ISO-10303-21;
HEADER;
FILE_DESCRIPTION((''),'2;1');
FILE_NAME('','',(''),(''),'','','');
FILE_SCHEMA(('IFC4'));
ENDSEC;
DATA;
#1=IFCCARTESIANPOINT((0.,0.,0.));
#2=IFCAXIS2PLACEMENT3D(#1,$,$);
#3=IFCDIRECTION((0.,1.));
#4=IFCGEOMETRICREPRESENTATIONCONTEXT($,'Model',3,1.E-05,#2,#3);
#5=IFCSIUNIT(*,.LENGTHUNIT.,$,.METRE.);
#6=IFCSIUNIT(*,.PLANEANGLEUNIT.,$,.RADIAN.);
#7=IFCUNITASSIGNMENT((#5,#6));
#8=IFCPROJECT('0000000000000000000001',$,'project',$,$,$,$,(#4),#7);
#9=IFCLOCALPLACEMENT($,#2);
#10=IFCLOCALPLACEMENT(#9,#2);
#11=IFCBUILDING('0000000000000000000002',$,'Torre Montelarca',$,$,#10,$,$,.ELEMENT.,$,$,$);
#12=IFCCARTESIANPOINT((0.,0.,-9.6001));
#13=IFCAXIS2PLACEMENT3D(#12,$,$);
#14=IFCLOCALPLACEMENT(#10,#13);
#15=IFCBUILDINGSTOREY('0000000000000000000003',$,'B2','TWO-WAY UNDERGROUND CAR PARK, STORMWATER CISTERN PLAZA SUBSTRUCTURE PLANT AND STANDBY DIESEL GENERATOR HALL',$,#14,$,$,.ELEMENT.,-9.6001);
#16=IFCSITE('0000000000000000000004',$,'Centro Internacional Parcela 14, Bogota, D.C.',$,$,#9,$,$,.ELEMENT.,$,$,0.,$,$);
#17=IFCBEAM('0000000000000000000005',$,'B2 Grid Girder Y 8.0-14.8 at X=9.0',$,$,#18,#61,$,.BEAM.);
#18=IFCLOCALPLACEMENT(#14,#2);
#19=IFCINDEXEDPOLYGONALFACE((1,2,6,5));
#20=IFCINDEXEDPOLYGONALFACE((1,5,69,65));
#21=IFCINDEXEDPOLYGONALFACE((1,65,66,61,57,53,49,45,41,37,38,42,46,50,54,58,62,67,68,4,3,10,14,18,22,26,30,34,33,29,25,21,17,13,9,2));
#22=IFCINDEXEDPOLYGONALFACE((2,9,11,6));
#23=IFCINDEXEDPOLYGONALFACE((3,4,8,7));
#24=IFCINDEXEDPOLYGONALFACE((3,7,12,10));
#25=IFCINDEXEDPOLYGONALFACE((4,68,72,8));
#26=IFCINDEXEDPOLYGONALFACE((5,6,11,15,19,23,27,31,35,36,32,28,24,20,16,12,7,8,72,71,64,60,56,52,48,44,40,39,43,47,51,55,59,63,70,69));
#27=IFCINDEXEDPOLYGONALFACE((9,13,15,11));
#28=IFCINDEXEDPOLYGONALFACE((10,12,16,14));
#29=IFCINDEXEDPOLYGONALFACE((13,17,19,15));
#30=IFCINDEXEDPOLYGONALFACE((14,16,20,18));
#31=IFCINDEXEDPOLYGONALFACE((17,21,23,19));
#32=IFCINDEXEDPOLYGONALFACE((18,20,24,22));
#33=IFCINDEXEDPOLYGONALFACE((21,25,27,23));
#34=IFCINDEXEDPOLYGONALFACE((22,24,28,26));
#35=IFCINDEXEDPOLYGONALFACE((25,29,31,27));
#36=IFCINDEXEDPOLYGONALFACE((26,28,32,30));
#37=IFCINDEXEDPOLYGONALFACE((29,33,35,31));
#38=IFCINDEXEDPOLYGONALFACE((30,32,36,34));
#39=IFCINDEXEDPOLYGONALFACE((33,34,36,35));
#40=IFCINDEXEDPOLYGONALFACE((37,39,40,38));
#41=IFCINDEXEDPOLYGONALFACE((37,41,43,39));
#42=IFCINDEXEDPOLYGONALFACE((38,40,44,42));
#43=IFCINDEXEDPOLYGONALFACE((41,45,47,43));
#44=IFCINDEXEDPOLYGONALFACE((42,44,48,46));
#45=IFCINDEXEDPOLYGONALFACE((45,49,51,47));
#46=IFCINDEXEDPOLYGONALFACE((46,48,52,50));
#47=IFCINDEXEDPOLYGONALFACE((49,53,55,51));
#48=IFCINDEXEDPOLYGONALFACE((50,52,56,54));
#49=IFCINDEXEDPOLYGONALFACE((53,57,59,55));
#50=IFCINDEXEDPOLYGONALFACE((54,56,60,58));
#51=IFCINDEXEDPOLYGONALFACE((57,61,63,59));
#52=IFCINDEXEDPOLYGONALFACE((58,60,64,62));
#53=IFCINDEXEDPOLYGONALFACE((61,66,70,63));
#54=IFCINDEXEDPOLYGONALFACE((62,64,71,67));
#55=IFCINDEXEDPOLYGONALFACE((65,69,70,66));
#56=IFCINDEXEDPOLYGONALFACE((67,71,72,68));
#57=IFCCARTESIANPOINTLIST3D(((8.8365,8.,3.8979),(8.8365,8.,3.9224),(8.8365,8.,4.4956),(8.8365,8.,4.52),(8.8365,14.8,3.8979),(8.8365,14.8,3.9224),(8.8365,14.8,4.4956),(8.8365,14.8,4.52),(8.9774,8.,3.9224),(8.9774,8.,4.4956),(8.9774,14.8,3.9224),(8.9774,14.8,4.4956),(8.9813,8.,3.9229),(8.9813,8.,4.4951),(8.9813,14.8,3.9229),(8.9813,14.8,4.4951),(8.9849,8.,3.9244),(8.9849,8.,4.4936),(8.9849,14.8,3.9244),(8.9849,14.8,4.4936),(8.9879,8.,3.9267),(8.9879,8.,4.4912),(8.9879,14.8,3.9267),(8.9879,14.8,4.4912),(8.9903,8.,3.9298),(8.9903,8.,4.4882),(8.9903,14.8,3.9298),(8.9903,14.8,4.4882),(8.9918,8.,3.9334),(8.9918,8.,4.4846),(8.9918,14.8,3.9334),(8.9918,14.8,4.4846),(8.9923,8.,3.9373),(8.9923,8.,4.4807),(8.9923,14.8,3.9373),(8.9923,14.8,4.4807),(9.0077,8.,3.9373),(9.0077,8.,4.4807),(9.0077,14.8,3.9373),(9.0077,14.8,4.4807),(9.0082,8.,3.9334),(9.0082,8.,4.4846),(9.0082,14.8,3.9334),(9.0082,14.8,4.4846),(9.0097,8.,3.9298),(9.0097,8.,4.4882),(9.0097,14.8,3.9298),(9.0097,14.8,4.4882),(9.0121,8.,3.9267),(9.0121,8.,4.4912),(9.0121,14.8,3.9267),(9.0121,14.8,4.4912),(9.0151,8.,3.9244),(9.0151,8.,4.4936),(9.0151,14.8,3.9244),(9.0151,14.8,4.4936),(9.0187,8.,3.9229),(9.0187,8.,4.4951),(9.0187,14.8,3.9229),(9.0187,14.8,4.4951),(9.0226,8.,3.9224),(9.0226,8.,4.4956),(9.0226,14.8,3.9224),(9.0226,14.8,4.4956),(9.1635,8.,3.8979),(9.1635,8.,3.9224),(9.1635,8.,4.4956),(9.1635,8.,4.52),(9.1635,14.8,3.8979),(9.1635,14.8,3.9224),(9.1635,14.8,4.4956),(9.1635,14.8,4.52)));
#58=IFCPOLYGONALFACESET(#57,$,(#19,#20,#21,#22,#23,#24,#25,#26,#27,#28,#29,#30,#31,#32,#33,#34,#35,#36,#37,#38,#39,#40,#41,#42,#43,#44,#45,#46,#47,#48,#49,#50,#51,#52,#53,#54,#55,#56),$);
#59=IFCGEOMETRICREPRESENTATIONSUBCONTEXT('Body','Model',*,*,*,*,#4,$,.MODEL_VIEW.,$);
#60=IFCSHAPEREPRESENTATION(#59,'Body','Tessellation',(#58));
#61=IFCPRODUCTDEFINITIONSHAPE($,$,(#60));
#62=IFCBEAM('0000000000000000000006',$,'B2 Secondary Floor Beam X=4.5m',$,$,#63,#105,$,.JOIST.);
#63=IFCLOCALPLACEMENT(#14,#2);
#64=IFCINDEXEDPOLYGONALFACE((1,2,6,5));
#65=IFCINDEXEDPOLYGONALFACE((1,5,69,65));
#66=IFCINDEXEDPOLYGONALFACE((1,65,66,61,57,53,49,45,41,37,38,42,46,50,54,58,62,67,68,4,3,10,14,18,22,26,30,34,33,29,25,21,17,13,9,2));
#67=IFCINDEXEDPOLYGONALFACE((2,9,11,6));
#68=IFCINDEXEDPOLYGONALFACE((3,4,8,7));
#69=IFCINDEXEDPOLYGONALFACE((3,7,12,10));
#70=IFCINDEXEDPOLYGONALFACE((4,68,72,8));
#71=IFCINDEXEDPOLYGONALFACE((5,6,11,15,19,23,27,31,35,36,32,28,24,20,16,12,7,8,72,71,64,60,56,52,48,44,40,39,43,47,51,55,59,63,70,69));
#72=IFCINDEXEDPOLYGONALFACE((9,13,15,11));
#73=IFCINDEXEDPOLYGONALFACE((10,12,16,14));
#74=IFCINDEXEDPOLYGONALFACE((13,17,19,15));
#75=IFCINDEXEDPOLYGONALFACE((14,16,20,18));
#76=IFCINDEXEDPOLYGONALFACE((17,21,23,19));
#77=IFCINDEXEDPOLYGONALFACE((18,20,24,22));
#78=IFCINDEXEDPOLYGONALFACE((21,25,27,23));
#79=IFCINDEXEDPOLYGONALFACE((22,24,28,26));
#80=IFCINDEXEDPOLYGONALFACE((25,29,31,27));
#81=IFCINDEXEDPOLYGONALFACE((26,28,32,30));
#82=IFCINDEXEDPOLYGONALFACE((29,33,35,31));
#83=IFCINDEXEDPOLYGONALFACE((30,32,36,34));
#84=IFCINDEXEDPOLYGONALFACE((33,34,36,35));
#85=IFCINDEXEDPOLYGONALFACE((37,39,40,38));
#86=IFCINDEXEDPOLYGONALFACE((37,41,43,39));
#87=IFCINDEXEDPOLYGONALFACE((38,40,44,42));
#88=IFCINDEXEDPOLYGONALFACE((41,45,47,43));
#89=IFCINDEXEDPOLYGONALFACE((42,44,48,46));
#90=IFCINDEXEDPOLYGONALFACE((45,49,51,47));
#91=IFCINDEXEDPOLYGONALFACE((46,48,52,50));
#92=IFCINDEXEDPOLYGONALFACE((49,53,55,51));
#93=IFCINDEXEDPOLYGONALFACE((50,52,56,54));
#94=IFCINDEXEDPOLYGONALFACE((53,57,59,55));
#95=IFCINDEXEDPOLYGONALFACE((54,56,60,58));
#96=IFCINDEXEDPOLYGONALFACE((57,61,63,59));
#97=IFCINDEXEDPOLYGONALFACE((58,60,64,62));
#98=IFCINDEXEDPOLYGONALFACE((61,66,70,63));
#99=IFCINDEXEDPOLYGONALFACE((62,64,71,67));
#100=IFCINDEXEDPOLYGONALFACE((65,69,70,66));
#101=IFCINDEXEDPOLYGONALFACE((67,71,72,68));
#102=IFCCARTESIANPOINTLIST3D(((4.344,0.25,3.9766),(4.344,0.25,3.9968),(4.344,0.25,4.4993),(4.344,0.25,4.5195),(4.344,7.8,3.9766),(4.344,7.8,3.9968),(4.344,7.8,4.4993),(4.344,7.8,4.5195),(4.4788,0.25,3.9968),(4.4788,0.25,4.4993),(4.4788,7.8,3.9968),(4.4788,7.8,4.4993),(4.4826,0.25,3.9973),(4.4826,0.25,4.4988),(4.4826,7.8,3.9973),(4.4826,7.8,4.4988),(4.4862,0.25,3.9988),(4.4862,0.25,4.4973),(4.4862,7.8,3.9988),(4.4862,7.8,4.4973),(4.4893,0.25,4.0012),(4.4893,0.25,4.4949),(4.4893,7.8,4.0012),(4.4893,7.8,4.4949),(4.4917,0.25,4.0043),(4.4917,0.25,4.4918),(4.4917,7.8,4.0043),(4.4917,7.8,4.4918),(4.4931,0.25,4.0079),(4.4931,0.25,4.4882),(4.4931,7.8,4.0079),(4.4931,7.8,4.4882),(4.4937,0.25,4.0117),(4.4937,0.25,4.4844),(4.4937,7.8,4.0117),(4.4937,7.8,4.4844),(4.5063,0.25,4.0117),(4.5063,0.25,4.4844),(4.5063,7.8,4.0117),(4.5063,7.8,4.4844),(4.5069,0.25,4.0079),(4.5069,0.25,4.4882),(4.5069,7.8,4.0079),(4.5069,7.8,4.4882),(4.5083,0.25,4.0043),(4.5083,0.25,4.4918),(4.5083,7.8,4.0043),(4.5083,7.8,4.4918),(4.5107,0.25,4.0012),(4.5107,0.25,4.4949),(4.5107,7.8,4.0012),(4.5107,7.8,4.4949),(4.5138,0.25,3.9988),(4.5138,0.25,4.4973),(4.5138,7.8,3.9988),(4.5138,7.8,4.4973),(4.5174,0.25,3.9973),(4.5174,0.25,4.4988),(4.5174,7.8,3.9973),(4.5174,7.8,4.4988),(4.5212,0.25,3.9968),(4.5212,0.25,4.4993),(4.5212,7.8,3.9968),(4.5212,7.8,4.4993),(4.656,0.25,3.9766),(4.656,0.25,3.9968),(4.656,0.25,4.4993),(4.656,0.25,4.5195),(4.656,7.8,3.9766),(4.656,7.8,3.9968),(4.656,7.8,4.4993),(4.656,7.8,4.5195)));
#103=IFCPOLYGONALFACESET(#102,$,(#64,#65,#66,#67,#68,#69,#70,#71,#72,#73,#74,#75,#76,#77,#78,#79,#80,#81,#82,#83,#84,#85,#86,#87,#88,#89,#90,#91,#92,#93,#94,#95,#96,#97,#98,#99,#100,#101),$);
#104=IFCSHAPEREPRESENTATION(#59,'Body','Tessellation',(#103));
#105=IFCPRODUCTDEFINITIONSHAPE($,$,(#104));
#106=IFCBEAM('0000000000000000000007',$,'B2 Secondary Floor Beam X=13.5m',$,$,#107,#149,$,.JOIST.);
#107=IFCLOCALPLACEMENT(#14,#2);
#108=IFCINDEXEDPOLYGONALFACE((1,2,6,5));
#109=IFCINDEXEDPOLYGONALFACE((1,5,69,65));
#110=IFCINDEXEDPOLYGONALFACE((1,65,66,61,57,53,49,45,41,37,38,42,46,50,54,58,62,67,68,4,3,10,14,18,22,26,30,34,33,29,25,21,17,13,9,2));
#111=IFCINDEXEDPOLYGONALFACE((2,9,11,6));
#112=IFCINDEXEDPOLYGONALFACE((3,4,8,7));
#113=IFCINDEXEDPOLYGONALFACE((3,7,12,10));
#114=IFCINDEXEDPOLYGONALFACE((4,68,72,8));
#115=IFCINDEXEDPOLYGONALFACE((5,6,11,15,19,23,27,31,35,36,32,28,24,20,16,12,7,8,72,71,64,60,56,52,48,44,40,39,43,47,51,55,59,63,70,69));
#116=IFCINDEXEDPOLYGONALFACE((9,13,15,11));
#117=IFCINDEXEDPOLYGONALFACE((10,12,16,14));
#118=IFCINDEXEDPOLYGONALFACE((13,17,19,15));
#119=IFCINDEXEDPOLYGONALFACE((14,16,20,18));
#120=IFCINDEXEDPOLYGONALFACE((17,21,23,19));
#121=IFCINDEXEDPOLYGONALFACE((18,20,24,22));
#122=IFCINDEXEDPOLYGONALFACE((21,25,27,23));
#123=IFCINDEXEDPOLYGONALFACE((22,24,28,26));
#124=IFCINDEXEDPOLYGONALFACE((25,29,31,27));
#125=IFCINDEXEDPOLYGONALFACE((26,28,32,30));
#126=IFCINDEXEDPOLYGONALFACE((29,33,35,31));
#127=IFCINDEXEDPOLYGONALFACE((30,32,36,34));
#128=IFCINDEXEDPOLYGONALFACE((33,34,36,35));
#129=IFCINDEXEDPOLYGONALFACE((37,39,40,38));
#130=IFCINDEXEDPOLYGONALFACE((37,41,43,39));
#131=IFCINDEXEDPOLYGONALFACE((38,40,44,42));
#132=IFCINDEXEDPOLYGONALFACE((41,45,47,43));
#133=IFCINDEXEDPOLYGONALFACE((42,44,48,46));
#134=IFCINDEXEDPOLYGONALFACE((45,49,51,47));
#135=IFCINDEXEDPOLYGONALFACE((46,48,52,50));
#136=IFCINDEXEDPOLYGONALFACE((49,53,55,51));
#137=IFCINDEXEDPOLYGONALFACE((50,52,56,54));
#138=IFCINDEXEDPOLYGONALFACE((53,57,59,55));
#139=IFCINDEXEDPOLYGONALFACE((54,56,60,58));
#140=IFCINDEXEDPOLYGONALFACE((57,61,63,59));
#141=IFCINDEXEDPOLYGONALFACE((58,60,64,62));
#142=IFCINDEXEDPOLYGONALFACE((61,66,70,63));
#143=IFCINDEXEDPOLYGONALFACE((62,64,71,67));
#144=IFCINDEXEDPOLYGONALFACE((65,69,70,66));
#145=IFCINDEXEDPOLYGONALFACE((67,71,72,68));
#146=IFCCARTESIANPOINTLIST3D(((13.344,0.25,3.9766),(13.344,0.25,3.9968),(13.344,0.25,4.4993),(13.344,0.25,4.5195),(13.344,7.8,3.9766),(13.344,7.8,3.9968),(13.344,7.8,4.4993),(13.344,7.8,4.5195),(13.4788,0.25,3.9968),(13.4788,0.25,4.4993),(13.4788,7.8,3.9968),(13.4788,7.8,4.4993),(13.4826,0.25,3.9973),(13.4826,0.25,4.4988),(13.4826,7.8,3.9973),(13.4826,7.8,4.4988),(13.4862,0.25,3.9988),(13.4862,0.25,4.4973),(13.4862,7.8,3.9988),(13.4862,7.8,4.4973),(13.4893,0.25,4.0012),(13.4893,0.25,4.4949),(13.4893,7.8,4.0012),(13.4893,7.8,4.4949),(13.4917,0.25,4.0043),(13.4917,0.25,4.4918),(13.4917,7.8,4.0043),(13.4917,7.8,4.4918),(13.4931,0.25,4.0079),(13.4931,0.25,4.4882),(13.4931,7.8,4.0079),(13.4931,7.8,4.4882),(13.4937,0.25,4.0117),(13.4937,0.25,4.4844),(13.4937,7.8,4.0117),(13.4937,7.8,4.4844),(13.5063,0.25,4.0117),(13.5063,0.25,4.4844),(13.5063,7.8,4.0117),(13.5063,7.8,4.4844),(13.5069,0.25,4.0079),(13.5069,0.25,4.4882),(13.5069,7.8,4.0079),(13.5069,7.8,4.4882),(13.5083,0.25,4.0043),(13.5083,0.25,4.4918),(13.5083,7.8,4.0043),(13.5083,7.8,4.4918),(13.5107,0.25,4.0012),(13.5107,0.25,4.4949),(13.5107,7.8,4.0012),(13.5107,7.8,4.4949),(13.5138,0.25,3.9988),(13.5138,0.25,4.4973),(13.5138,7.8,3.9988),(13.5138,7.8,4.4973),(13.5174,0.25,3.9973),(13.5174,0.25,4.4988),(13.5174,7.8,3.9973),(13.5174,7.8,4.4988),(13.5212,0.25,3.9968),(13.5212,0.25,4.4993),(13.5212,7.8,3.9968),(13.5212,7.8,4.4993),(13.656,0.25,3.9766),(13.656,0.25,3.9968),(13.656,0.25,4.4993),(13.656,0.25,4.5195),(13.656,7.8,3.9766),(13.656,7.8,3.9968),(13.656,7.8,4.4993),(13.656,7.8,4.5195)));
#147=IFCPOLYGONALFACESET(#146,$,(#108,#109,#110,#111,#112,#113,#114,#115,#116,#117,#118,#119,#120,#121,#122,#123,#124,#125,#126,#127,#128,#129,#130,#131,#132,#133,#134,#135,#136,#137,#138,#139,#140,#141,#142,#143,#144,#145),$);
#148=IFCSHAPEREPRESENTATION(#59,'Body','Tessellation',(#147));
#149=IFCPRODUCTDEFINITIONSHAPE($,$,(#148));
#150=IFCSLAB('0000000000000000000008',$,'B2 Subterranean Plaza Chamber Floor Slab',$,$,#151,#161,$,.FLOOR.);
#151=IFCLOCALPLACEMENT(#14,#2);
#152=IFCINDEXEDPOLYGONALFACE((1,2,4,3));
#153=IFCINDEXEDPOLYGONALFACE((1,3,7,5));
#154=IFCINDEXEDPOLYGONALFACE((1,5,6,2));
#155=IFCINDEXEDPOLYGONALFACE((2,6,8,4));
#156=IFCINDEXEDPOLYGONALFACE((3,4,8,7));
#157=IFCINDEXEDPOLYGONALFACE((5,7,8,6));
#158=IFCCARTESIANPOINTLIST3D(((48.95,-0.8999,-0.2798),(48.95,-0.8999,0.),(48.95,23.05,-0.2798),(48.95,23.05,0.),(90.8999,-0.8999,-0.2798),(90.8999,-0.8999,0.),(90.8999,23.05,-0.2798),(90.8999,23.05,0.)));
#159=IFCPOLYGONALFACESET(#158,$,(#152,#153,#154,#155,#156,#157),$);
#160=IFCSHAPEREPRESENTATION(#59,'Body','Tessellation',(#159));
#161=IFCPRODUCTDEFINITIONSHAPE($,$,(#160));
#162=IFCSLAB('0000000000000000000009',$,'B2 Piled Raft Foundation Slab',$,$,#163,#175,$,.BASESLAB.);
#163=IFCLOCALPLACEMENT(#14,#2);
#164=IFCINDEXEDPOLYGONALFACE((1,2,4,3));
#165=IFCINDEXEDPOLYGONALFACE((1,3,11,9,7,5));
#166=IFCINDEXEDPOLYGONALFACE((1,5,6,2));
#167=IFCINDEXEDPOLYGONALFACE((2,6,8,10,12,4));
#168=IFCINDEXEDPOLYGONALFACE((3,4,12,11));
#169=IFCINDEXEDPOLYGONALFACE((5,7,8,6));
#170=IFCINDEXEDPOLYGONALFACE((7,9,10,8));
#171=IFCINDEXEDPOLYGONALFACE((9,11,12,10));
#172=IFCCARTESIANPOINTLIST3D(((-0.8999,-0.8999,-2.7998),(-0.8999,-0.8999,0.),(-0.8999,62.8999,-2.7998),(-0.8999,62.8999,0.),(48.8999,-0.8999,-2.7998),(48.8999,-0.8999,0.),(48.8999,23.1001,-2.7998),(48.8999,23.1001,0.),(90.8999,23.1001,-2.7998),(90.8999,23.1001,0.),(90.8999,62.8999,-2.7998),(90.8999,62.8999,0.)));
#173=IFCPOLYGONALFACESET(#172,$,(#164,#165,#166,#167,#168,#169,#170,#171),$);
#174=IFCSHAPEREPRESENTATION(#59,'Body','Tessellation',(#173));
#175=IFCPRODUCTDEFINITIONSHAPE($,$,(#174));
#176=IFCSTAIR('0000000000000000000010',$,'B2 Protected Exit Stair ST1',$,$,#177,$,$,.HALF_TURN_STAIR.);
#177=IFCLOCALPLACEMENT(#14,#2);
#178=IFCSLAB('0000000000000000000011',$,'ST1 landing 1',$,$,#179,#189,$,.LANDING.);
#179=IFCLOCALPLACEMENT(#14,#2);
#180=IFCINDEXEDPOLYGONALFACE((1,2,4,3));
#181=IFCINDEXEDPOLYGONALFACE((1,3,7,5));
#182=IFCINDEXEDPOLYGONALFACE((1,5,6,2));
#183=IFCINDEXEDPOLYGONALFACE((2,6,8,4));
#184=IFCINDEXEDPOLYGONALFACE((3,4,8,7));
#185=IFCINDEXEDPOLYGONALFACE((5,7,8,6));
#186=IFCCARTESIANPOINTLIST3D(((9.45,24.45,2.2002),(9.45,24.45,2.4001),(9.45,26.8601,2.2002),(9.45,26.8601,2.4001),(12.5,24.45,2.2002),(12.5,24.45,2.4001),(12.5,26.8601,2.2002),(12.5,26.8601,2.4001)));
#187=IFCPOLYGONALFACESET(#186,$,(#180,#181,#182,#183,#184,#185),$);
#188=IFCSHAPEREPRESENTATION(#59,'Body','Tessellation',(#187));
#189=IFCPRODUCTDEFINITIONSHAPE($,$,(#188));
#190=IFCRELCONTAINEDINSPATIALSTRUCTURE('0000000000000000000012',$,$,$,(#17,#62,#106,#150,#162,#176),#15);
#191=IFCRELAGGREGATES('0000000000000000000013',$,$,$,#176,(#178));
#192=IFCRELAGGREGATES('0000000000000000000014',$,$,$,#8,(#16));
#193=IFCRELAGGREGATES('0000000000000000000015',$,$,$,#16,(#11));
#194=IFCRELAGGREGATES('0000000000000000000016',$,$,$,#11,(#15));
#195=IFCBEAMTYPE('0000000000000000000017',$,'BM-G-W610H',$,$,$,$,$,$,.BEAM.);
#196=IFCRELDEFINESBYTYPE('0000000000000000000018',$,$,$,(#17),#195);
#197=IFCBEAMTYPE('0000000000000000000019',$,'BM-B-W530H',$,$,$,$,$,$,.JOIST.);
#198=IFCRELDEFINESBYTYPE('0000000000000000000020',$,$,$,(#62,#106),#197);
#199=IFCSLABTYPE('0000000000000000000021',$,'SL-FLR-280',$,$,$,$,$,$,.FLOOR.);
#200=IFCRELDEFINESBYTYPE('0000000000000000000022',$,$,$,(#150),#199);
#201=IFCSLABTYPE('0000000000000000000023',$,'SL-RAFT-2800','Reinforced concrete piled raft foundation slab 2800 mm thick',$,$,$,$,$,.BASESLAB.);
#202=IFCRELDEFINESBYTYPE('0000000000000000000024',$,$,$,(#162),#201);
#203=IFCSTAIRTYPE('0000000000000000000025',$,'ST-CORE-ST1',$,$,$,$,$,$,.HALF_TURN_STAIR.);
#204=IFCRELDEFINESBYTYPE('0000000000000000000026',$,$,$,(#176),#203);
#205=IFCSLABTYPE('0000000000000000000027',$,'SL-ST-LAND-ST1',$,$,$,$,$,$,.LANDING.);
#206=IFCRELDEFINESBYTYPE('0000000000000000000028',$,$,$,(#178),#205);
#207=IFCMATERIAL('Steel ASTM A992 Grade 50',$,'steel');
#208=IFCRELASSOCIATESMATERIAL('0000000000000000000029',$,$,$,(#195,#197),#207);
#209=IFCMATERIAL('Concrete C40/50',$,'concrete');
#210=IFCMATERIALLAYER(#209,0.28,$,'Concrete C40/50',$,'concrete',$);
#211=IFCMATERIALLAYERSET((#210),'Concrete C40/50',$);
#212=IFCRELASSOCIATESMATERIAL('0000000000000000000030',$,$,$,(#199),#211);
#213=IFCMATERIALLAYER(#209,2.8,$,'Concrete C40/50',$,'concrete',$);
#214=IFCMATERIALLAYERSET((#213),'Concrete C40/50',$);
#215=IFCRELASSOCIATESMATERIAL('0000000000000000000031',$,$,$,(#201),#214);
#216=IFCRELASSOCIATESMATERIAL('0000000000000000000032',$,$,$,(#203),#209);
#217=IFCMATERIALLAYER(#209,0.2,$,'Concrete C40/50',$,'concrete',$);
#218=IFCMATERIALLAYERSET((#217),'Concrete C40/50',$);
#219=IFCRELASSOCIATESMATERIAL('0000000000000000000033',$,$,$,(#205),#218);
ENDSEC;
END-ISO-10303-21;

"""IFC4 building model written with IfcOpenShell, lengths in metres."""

from ifc_helpers import new_model, si_unit, direction, frame, origin, origin_2d, place, context, subcontext, project, spatial, polyline, i_section, outline, extrude, source, transform, mapped, material, layer, layer_set, material_profile, profile_set, type_object, element, aggregate, save


model = new_model("IFC4")

# Units and contexts
model_context = context("Model", 3, precision=1e-05, world=origin(), true_north=direction((0.0, 1.0)))
body_context = subcontext(model_context, "Body", "Model", "MODEL_VIEW")
ifc_project = project(units=[si_unit("LENGTHUNIT", "METRE"), si_unit("PLANEANGLEUNIT", "RADIAN")], contexts=[model_context])

# Site, building, storey
site_placement = place(None, origin())
site = spatial("IfcSite", under=ifc_project, at=site_placement, Name="Centro Internacional Parcela 14, Bogota, D.C.", CompositionType="ELEMENT", RefElevation=0.0)
building_placement = place(site_placement, origin())
building = spatial("IfcBuilding", under=site, at=building_placement, Name="Torre Montelarca", CompositionType="ELEMENT")
storey_placement = place(building_placement, frame((0.0, 0.0, -9.6001)))
storey = spatial("IfcBuildingStorey", under=building, at=storey_placement, Name="B2", Description="TWO-WAY UNDERGROUND CAR PARK, STORMWATER CISTERN PLAZA SUBSTRUCTURE PLANT AND STANDBY DIESEL GENERATOR HALL", CompositionType="ELEMENT", Elevation=-9.6001)

# Shared definitions
ifc_material_1 = material(Name="Concrete C40/50", Category="concrete")

# Beams
ifc_material_2 = material(Name="Steel ASTM A992 Grade 50", Category="steel")
ifc_material_profile_1 = material_profile(ifc_material_2, i_section(OverallWidth=0.3269, OverallDepth=0.6221, WebThickness=0.0154, FlangeThickness=0.0244, FilletRadius=0.0149, at=origin_2d()), Name="W610X195", Category="steel")
ifc_profile_set_1 = profile_set([ifc_material_profile_1], Name="Steel ASTM A992 Grade 50")
beam_type_1 = type_object("IfcBeamType", Name="BM-G-W610H", PredefinedType="BEAM", material=ifc_profile_set_1)
shared_shape_1 = source(origin(), body_context, "Body", "SweptSolid", [
    extrude(i_section(OverallWidth=0.3269, OverallDepth=0.6221, WebThickness=0.0154, FlangeThickness=0.0244, FilletRadius=0.0149, at=origin_2d()), origin(), (0.0, 0.0, 1.0), 6.8),
])
beam_1_placement = place(storey_placement, frame((9.0, 8.0, 4.209), z_axis=(0.0, 1.0, 0.0), x_axis=(-1.0, 0.0, 0.0)))
element("IfcBeam", 1, at=beam_1_placement, inside=storey, type_object=beam_type_1, Name="B2 Grid Girder Y 8.0-14.8 at X=9.0", PredefinedType="BEAM", context=body_context, shape_type="MappedRepresentation", body=[
    mapped(shared_shape_1, transform((0.0, 0.0, 0.0), scale=1.0)),
])
ifc_material_profile_2 = material_profile(ifc_material_2, i_section(OverallWidth=0.312, OverallDepth=0.543, WebThickness=0.0127, FlangeThickness=0.0203, FilletRadius=0.0149, at=origin_2d()), Name="W530X150", Category="steel")
ifc_profile_set_2 = profile_set([ifc_material_profile_2], Name="Steel ASTM A992 Grade 50")
beam_type_2 = type_object("IfcBeamType", Name="BM-B-W530H", PredefinedType="JOIST", material=ifc_profile_set_2)
shared_shape_2 = source(origin(), body_context, "Body", "SweptSolid", [
    extrude(i_section(OverallWidth=0.312, OverallDepth=0.543, WebThickness=0.0127, FlangeThickness=0.0203, FilletRadius=0.0149, at=origin_2d()), origin(), (0.0, 0.0, 1.0), 7.55),
])
for number, where, z_axis, x_axis, name in (
    (2, (4.5, 0.25, 4.248), (0.0, 1.0, 0.0), (-1.0, 0.0, 0.0), "B2 Secondary Floor Beam X=4.5m"),
    (3, (13.5, 0.25, 4.248), (0.0, 1.0, 0.0), (-1.0, 0.0, 0.0), "B2 Secondary Floor Beam X=13.5m"),
):
    element("IfcBeam", number, at=place(storey_placement, frame(where, z_axis=z_axis, x_axis=x_axis)), inside=storey, type_object=beam_type_2, Name=name, PredefinedType="JOIST", context=body_context, shape_type="MappedRepresentation", body=[
        mapped(shared_shape_2, transform((0.0, 0.0, 0.0), scale=1.0)),
    ])

# Slabs
ifc_layer_1 = layer(ifc_material_1, 0.28, Name="Concrete C40/50", Category="concrete")
ifc_layer_set_1 = layer_set([ifc_layer_1], Name="Concrete C40/50")
slab_type_1 = type_object("IfcSlabType", Name="SL-FLR-280", PredefinedType="FLOOR", material=ifc_layer_set_1)
slab_1_placement = place(storey_placement, frame((0.0, 0.0, -0.2798)))
element("IfcSlab", 4, at=slab_1_placement, inside=storey, type_object=slab_type_1, Name="B2 Subterranean Plaza Chamber Floor Slab", PredefinedType="FLOOR", context=body_context, shape_type="SweptSolid", body=[
    extrude(outline(polyline([(48.95, -0.8999), (90.8999, -0.8999), (90.8999, 23.05), (48.95, 23.05), (48.95, -0.8999)])), origin(), (0.0, 0.0, 1.0), 0.2798),
])
ifc_layer_2 = layer(ifc_material_1, 2.8, Name="Concrete C40/50", Category="concrete")
ifc_layer_set_2 = layer_set([ifc_layer_2], Name="Concrete C40/50")
slab_type_2 = type_object("IfcSlabType", Name="SL-RAFT-2800", Description="Reinforced concrete piled raft foundation slab 2800 mm thick", PredefinedType="BASESLAB", material=ifc_layer_set_2)
slab_2_placement = place(storey_placement, frame((0.0, 0.0, -2.7998)))
element("IfcSlab", 5, at=slab_2_placement, inside=storey, type_object=slab_type_2, Name="B2 Piled Raft Foundation Slab", PredefinedType="BASESLAB", context=body_context, shape_type="SweptSolid", body=[
    extrude(outline(polyline([(-0.8999, -0.8999), (48.8999, -0.8999), (48.8999, 23.1001), (90.8999, 23.1001), (90.8999, 62.8999), (-0.8999, 62.8999), (-0.8999, -0.8999)])), origin(), (0.0, 0.0, 1.0), 2.7998),
])

# Stair, slab
stair_type_1 = type_object("IfcStairType", Name="ST-CORE-ST1", PredefinedType="HALF_TURN_STAIR", material=ifc_material_1)
stair_1_placement = place(storey_placement, origin())
stair_1 = element("IfcStair", 6, at=stair_1_placement, inside=storey, type_object=stair_type_1, Name="B2 Protected Exit Stair ST1", PredefinedType="HALF_TURN_STAIR")
ifc_layer_3 = layer(ifc_material_1, 0.2, Name="Concrete C40/50", Category="concrete")
ifc_layer_set_3 = layer_set([ifc_layer_3], Name="Concrete C40/50")
slab_type_3 = type_object("IfcSlabType", Name="SL-ST-LAND-ST1", PredefinedType="LANDING", material=ifc_layer_set_3)
slab_3_placement = place(storey_placement, frame((0.0, 0.0, 2.2002)))
slab_3 = element("IfcSlab", 7, at=slab_3_placement, type_object=slab_type_3, Name="ST1 landing 1", PredefinedType="LANDING", context=body_context, shape_type="SweptSolid", body=[
    extrude(outline(polyline([(9.45, 26.8601), (9.45, 24.45), (12.5, 24.45), (12.5, 26.8601), (9.45, 26.8601)])), origin(), (0.0, 0.0, 1.0), 0.2),
])
aggregate(stair_1, [slab_3])

save(model, "model.ifc")
